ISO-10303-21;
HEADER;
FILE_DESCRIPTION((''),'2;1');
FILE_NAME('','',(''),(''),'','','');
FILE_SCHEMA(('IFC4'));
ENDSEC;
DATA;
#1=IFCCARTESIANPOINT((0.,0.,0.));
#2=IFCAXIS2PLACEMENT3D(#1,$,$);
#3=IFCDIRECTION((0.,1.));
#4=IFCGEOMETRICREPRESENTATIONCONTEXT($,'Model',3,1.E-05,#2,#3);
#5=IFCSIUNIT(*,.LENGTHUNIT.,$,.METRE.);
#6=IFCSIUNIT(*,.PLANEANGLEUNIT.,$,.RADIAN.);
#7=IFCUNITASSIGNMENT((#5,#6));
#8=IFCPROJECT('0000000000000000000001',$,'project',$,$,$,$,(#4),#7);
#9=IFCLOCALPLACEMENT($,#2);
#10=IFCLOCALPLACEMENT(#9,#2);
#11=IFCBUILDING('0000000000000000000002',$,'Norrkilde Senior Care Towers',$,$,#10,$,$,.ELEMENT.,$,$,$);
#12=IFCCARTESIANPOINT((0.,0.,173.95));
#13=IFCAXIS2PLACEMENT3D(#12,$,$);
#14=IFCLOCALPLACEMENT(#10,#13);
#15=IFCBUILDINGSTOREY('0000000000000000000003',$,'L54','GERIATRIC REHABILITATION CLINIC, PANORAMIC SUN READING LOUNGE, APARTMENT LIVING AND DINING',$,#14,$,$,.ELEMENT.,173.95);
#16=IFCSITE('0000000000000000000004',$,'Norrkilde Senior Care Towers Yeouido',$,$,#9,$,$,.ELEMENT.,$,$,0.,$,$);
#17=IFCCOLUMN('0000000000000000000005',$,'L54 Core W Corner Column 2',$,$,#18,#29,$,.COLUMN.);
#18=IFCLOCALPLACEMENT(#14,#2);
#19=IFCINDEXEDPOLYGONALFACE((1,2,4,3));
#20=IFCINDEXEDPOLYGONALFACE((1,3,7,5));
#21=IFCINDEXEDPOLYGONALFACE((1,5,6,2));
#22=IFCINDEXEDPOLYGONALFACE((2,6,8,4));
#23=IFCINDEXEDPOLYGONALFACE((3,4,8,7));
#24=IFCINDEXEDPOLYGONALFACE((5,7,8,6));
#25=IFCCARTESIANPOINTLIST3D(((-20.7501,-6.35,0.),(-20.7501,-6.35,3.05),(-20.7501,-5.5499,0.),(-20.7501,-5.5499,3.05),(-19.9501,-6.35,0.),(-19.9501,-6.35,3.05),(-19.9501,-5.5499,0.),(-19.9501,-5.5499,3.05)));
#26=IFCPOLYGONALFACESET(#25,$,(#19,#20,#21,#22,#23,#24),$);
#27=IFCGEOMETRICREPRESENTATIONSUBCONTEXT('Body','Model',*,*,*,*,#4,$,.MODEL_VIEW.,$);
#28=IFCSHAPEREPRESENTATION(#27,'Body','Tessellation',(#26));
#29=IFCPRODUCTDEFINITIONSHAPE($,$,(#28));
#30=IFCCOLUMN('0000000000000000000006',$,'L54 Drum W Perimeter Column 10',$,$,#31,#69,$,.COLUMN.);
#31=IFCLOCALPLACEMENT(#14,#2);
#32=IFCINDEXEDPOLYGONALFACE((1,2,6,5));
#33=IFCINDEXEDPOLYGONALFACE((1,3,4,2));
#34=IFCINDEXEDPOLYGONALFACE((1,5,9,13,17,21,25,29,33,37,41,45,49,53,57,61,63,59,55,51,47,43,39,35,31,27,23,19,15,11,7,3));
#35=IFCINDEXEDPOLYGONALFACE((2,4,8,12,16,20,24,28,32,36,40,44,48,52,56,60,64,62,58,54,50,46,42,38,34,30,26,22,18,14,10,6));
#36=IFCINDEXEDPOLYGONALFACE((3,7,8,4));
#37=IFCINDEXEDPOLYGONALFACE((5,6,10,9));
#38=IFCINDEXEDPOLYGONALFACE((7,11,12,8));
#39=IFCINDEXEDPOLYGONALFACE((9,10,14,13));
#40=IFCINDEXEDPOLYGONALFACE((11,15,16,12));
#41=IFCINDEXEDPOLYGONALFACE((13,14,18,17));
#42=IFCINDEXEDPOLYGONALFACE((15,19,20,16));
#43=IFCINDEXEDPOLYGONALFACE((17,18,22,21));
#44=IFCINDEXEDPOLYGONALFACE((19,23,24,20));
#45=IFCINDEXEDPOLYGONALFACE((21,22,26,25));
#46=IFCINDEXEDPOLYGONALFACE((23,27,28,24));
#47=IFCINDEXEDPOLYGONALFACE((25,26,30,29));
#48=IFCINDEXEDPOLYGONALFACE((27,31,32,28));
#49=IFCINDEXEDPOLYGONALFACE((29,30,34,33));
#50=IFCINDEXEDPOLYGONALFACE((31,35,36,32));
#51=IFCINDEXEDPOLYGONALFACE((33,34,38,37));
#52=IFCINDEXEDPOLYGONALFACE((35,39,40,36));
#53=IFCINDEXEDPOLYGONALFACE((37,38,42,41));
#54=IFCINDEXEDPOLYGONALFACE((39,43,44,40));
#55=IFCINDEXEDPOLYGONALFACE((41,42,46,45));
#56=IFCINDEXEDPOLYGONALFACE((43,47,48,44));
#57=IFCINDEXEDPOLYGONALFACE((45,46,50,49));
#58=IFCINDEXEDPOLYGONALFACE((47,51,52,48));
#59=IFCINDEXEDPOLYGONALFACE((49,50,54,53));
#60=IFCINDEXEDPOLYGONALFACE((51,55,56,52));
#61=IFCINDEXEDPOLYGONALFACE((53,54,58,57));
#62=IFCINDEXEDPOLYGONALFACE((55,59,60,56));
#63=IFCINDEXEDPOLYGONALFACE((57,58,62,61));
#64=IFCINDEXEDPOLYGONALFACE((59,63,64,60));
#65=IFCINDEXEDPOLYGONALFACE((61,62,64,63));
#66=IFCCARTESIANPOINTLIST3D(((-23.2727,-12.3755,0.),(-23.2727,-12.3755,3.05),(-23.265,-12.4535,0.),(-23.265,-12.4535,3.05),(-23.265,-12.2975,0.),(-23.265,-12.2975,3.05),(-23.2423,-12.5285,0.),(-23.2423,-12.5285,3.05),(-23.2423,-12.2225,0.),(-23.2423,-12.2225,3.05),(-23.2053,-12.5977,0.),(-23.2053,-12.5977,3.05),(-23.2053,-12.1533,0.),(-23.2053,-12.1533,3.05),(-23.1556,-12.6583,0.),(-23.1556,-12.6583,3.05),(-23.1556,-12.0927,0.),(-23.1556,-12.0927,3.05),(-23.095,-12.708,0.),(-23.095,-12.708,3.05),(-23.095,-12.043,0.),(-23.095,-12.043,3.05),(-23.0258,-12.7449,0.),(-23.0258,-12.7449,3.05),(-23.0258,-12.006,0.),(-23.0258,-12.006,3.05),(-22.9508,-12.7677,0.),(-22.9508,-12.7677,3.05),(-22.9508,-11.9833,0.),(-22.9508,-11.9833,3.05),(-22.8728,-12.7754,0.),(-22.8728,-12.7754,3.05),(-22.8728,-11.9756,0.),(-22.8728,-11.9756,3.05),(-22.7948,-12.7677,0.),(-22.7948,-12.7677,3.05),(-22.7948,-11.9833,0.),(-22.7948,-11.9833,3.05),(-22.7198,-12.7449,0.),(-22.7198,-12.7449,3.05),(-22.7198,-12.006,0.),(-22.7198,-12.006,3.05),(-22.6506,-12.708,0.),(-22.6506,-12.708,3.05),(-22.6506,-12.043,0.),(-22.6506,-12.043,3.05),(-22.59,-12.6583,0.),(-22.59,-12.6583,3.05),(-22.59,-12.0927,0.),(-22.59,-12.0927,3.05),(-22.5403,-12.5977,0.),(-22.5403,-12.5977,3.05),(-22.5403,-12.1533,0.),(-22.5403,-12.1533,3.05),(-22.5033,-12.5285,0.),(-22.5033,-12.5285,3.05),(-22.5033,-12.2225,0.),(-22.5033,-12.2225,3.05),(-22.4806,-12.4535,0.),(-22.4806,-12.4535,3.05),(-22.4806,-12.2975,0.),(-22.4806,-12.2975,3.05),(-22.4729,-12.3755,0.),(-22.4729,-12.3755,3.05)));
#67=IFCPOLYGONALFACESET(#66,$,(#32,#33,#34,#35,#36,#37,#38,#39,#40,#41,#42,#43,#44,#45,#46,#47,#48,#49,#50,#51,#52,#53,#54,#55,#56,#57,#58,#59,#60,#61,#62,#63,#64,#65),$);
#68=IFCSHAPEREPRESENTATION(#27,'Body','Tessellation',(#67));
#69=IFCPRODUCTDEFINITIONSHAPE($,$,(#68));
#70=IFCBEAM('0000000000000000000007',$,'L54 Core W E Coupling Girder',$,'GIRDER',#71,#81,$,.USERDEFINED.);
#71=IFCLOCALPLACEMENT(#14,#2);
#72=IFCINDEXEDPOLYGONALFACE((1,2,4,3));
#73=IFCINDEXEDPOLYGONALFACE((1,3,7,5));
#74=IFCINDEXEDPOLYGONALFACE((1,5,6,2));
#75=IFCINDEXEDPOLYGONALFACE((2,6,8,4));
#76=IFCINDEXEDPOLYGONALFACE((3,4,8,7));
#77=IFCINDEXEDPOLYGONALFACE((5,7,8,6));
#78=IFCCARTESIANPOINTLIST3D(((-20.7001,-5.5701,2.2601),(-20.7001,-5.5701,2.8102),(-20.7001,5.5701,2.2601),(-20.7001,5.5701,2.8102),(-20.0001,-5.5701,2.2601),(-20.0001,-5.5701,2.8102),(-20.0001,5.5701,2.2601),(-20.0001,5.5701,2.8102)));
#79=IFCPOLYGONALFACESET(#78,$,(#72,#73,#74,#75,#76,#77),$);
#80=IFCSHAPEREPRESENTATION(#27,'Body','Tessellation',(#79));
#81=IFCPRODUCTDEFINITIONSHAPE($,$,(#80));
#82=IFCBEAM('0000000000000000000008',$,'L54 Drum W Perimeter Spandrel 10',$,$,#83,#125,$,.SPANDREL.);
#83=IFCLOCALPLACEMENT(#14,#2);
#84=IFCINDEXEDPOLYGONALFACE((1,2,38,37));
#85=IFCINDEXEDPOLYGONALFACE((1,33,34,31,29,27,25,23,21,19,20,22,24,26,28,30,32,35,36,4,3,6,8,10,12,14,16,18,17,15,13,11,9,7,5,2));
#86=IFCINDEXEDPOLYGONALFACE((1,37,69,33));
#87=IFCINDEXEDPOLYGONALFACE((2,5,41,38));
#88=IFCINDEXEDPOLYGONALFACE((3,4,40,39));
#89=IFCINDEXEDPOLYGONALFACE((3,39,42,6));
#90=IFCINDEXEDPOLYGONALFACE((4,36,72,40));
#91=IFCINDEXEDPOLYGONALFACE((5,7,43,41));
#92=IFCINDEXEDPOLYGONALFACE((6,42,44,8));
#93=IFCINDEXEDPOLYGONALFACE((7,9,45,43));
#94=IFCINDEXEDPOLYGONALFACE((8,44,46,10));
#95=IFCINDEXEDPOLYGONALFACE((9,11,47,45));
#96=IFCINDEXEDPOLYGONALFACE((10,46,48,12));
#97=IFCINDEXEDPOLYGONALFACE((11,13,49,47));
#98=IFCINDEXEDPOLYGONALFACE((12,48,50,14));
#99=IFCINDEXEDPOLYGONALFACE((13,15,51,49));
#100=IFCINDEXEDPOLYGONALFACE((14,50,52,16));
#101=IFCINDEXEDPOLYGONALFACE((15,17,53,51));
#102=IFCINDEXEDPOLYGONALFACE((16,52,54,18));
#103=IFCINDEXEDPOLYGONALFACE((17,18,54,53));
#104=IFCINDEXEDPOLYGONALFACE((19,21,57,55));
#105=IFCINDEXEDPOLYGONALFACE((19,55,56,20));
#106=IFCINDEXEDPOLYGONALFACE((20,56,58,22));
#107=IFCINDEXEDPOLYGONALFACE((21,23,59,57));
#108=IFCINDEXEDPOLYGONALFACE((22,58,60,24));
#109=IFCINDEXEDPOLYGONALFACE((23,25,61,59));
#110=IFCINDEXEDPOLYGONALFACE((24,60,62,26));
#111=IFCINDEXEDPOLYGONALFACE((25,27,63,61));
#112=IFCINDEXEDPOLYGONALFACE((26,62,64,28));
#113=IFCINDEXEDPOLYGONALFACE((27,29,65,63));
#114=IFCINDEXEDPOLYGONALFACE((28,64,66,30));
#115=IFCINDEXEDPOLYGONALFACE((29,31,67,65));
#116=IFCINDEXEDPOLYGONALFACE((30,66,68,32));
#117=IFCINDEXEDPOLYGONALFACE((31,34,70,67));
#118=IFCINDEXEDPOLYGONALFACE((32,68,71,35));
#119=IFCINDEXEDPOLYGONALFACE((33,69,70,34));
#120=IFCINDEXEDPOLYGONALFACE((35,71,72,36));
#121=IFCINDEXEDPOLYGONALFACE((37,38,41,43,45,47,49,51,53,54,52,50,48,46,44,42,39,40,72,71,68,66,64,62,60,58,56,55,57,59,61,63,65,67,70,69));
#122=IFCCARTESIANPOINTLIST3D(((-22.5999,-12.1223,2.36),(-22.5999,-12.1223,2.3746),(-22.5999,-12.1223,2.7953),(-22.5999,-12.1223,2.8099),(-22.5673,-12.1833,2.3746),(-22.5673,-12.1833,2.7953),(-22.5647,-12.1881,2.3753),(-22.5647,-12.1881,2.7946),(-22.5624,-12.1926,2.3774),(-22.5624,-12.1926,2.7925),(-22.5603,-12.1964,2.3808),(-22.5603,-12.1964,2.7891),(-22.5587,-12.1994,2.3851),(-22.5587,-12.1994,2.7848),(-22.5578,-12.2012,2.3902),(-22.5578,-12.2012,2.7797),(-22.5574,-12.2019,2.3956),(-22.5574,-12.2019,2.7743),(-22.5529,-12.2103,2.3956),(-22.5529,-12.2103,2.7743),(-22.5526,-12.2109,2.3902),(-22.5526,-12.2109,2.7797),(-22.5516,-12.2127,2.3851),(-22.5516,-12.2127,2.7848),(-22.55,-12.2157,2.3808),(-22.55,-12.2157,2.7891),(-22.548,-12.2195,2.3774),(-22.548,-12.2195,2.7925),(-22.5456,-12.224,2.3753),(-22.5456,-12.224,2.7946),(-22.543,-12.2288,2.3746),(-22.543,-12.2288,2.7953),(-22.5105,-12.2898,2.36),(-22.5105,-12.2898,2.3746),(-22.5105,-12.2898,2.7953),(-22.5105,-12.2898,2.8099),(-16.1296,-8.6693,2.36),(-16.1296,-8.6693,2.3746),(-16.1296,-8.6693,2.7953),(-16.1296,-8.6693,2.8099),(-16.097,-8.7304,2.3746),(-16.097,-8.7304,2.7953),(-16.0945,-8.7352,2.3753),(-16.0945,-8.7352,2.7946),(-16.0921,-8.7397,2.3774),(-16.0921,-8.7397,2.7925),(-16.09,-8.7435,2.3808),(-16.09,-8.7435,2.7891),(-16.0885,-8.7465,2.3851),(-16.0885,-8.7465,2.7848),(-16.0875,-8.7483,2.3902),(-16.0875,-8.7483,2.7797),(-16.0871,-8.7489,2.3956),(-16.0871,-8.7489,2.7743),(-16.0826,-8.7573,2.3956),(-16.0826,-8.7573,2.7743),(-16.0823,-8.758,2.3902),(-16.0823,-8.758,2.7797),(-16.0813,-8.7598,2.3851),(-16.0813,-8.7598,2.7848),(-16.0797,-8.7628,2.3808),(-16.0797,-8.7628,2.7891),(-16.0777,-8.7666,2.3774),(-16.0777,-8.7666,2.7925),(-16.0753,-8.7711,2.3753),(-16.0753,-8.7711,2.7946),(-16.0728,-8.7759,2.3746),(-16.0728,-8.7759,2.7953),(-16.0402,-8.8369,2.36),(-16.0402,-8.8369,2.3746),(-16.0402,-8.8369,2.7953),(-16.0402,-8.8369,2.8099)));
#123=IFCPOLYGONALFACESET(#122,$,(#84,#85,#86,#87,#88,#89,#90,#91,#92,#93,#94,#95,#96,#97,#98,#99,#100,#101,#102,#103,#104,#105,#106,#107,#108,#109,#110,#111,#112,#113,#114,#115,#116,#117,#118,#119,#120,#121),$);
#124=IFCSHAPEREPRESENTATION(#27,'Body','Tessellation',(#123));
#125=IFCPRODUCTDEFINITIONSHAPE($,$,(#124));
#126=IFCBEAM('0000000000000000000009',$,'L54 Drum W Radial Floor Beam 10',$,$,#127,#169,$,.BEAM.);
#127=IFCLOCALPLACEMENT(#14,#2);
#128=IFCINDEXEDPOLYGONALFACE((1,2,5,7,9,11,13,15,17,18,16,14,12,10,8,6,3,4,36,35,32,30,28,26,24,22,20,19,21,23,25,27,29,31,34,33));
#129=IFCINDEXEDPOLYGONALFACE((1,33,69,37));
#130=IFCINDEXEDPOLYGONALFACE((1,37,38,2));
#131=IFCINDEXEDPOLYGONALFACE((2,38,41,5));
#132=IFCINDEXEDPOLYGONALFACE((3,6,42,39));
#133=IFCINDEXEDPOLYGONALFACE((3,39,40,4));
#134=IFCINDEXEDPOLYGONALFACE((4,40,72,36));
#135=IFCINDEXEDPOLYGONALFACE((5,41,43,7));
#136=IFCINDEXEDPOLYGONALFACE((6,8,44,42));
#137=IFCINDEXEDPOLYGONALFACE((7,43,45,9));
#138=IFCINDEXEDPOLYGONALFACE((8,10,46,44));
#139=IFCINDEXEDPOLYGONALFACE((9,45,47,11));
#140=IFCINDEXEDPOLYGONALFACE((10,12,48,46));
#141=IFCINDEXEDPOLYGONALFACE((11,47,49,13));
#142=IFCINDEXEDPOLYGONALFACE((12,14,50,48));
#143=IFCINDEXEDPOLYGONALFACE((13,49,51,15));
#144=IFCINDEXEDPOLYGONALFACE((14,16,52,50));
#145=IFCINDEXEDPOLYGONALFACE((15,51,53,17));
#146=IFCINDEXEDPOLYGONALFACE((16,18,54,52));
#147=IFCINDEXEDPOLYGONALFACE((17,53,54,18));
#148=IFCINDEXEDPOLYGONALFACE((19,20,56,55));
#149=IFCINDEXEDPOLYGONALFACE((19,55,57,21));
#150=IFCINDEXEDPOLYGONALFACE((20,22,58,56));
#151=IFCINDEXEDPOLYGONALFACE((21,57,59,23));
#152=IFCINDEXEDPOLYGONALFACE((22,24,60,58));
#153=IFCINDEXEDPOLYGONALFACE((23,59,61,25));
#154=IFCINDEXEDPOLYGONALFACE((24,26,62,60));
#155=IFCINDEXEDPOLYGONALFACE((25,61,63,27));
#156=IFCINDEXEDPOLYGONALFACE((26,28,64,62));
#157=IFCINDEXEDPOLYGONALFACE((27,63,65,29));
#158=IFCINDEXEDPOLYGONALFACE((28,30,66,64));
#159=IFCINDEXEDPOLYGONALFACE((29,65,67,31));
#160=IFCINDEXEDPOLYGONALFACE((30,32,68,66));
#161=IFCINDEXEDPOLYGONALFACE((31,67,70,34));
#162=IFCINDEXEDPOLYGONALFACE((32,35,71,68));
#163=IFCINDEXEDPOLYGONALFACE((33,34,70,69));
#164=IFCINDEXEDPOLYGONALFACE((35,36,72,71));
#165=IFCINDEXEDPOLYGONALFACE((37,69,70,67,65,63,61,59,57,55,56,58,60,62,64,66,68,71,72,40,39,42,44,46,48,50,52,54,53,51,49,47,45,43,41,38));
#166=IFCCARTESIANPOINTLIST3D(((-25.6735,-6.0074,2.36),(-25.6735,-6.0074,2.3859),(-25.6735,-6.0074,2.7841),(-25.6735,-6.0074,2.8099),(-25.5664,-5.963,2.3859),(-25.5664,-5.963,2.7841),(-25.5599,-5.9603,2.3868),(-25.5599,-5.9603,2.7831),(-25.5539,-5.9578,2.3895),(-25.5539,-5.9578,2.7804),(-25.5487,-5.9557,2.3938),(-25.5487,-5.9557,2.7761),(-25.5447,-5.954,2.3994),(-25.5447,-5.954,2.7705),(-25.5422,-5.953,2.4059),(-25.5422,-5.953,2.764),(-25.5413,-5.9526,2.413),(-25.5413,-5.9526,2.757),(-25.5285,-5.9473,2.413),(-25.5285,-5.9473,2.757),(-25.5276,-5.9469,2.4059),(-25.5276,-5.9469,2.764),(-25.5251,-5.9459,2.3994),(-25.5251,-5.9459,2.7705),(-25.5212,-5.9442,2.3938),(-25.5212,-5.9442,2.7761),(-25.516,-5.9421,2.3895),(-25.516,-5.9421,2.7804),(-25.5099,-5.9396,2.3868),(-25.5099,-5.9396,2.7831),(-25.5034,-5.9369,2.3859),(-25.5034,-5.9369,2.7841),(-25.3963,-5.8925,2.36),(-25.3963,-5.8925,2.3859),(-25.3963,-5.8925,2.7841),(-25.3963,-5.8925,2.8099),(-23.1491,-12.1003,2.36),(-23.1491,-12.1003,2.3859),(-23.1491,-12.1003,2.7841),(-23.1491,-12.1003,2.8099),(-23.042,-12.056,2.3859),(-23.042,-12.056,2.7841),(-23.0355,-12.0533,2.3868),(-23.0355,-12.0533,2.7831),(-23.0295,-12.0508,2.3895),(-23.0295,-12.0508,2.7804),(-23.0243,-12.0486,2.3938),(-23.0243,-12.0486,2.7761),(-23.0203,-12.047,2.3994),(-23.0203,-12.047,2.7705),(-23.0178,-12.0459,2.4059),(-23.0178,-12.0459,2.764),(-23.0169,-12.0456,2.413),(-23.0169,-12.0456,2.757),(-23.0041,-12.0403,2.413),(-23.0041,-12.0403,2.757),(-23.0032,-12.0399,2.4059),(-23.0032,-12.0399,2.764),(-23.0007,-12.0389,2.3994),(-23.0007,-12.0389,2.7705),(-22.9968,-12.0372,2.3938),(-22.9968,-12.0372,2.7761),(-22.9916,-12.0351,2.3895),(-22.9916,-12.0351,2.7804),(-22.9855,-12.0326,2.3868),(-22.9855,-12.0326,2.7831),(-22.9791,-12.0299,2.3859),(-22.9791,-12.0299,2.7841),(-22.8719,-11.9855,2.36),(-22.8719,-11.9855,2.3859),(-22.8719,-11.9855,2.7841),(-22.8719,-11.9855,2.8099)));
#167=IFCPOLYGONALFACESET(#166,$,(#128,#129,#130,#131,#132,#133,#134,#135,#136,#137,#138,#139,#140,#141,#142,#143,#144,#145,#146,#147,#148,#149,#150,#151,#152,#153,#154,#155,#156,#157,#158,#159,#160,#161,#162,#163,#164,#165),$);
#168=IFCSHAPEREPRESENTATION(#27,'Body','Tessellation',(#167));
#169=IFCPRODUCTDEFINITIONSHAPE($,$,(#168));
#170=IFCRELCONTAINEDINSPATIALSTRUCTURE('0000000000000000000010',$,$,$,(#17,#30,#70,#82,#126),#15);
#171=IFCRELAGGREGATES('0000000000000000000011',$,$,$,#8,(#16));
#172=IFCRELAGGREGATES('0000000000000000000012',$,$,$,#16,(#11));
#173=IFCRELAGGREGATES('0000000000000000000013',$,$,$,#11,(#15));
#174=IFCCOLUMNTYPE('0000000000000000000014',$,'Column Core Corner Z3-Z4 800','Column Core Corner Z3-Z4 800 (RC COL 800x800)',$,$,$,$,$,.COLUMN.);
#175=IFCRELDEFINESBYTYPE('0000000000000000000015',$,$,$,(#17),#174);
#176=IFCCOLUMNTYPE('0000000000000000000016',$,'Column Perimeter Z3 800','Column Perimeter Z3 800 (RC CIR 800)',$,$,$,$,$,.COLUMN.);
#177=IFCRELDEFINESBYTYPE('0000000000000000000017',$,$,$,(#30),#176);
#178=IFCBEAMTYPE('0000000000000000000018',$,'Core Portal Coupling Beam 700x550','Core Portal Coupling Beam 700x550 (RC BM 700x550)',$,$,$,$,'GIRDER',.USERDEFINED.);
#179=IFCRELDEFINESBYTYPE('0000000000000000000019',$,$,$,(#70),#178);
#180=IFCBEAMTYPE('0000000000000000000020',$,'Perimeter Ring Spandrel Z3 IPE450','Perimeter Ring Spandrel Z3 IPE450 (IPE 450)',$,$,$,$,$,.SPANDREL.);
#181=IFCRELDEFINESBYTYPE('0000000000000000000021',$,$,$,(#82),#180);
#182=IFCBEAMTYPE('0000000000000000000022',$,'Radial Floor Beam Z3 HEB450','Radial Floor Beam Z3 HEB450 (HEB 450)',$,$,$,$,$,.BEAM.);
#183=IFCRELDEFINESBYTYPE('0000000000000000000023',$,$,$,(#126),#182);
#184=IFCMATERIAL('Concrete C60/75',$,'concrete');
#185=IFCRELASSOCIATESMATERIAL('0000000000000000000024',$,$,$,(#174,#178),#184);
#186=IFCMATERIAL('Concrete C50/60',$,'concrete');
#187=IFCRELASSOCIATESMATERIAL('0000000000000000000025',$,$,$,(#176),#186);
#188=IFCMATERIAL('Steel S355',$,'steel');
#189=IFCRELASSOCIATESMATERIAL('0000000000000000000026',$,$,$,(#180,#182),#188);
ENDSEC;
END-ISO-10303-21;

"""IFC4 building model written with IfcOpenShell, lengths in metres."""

from ifc_helpers import new_model, si_unit, direction, frame, origin, origin_2d, place, context, subcontext, project, spatial, rectangle, circle, i_section, extrude, source, transform, mapped, material, material_profile, profile_set, type_object, type_shapes, element, save


model = new_model("IFC4")

# Units and contexts
model_context = context("Model", 3, precision=1e-05, world=origin(), true_north=direction((0.0, 1.0)))
body_context = subcontext(model_context, "Body", "Model", "MODEL_VIEW")
ifc_project = project(units=[si_unit("LENGTHUNIT", "METRE"), si_unit("PLANEANGLEUNIT", "RADIAN")], contexts=[model_context])

# Site, building, storey
site_placement = place(None, origin())
site = spatial("IfcSite", under=ifc_project, at=site_placement, Name="Norrkilde Senior Care Towers Yeouido", CompositionType="ELEMENT", RefElevation=0.0)
building_placement = place(site_placement, origin())
building = spatial("IfcBuilding", under=site, at=building_placement, Name="Norrkilde Senior Care Towers", CompositionType="ELEMENT")
storey_placement = place(building_placement, frame((0.0, 0.0, 173.95)))
storey = spatial("IfcBuildingStorey", under=building, at=storey_placement, Name="L54", Description="GERIATRIC REHABILITATION CLINIC, PANORAMIC SUN READING LOUNGE, APARTMENT LIVING AND DINING", CompositionType="ELEMENT", Elevation=173.95)

# Columns
ifc_material_1 = material(Name="Concrete C60/75", Category="concrete")
ifc_material_profile_1 = material_profile(ifc_material_1, rectangle(XDim=0.8, YDim=0.8, at=origin_2d()), Name="RC COL 800x800")
ifc_profile_set_1 = profile_set([ifc_material_profile_1], Name="Concrete C60/75")
column_type_1 = type_object("IfcColumnType", Name="Column Core Corner Z3-Z4 800", Description="Column Core Corner Z3-Z4 800 (RC COL 800x800)", PredefinedType="COLUMN", material=ifc_profile_set_1)
shared_shape_1 = source(origin(), body_context, "Body", "SweptSolid", [
    extrude(rectangle(XDim=0.8, YDim=0.8, at=origin_2d()), origin(), (0.0, 0.0, 1.0), 3.05),
])
type_shapes(column_type_1, [shared_shape_1])
column_1_placement = place(storey_placement, frame((-20.3501, -5.95, 0.0), z_axis=(0.0, 0.0, 1.0), x_axis=(1.0, 0.0, 0.0)))
element("IfcColumn", 1, at=column_1_placement, inside=storey, type_object=column_type_1, Name="L54 Core W Corner Column 2", PredefinedType="COLUMN", context=body_context, shape_type="MappedRepresentation", body=[
    mapped(shared_shape_1, transform((0.0, 0.0, 0.0), x_axis=(1.0, 0.0, 0.0), y_axis=(0.0, 1.0, 0.0), z_axis=(0.0, 0.0, 1.0), scale=1.0)),
])
ifc_material_2 = material(Name="Concrete C50/60", Category="concrete")
ifc_material_profile_2 = material_profile(ifc_material_2, circle(Radius=0.3999, at=origin_2d()), Name="RC CIR 800")
ifc_profile_set_2 = profile_set([ifc_material_profile_2], Name="Concrete C50/60")
column_type_2 = type_object("IfcColumnType", Name="Column Perimeter Z3 800", Description="Column Perimeter Z3 800 (RC CIR 800)", PredefinedType="COLUMN", material=ifc_profile_set_2)
shared_shape_2 = source(origin(), body_context, "Body", "SweptSolid", [
    extrude(circle(Radius=0.3999, at=origin_2d()), origin(), (0.0, 0.0, 1.0), 3.05),
])
type_shapes(column_type_2, [shared_shape_2])
column_2_placement = place(storey_placement, frame((-22.8728, -12.3755, 0.0), z_axis=(0.0, 0.0, 1.0), x_axis=(1.0, 0.0, 0.0)))
element("IfcColumn", 2, at=column_2_placement, inside=storey, type_object=column_type_2, Name="L54 Drum W Perimeter Column 10", PredefinedType="COLUMN", context=body_context, shape_type="MappedRepresentation", body=[
    mapped(shared_shape_2, transform((0.0, 0.0, 0.0), x_axis=(1.0, 0.0, 0.0), y_axis=(0.0, 1.0, 0.0), z_axis=(0.0, 0.0, 1.0), scale=1.0)),
])

# Beams
ifc_material_profile_3 = material_profile(ifc_material_1, rectangle(XDim=0.7, YDim=0.55, at=origin_2d()), Name="RC BM 700x550")
ifc_profile_set_3 = profile_set([ifc_material_profile_3], Name="Concrete C60/75")
beam_type_1 = type_object("IfcBeamType", Name="Core Portal Coupling Beam 700x550", Description="Core Portal Coupling Beam 700x550 (RC BM 700x550)", ElementType="GIRDER", PredefinedType="USERDEFINED", material=ifc_profile_set_3)
shared_shape_3 = source(origin(), body_context, "Body", "SweptSolid", [
    extrude(rectangle(XDim=0.7, YDim=0.55, at=origin_2d()), origin(), (0.0, 0.0, 1.0), 11.1401),
])
type_shapes(beam_type_1, [shared_shape_3])
beam_1_placement = place(storey_placement, frame((-20.3501, -5.5701, 2.5352), z_axis=(0.0, 1.0, 0.0), x_axis=(-1.0, 0.0, 0.0)))
element("IfcBeam", 3, at=beam_1_placement, inside=storey, type_object=beam_type_1, Name="L54 Core W E Coupling Girder", ObjectType="GIRDER", PredefinedType="USERDEFINED", context=body_context, shape_type="MappedRepresentation", body=[
    mapped(shared_shape_3, transform((0.0, 0.0, 0.0), x_axis=(1.0, 0.0, 0.0), y_axis=(0.0, 1.0, 0.0), z_axis=(0.0, 0.0, 1.0), scale=1.0)),
])
ifc_material_3 = material(Name="Steel S355", Category="steel")
ifc_material_profile_4 = material_profile(ifc_material_3, i_section(OverallWidth=0.1899, OverallDepth=0.45, WebThickness=0.0095, FlangeThickness=0.0146, FilletRadius=0.021, at=origin_2d()), Name="IPE 450")
ifc_profile_set_4 = profile_set([ifc_material_profile_4], Name="Steel S355")
beam_type_2 = type_object("IfcBeamType", Name="Perimeter Ring Spandrel Z3 IPE450", Description="Perimeter Ring Spandrel Z3 IPE450 (IPE 450)", PredefinedType="SPANDREL", material=ifc_profile_set_4)
shared_shape_4 = source(origin(), body_context, "Body", "SweptSolid", [
    extrude(i_section(OverallWidth=0.1899, OverallDepth=0.45, WebThickness=0.0095, FlangeThickness=0.0146, FilletRadius=0.021, at=origin_2d()), origin(), (0.0, 0.0, 1.0), 7.334),
])
type_shapes(beam_type_2, [shared_shape_4])
beam_2_placement = place(storey_placement, frame((-22.5552, -12.2061, 2.585), z_axis=(0.882234, 0.470811, 0.0), x_axis=(-0.470811, 0.882234, 0.0)))
element("IfcBeam", 4, at=beam_2_placement, inside=storey, type_object=beam_type_2, Name="L54 Drum W Perimeter Spandrel 10", PredefinedType="SPANDREL", context=body_context, shape_type="MappedRepresentation", body=[
    mapped(shared_shape_4, transform((0.0, 0.0, 0.0), x_axis=(1.0, 0.0, 0.0), y_axis=(0.0, 1.0, 0.0), z_axis=(0.0, 0.0, 1.0), scale=1.0)),
])
ifc_material_profile_5 = material_profile(ifc_material_3, i_section(OverallWidth=0.3, OverallDepth=0.45, WebThickness=0.0139, FlangeThickness=0.0259, FilletRadius=0.0271, at=origin_2d()), Name="HEB 450")
ifc_profile_set_5 = profile_set([ifc_material_profile_5], Name="Steel S355")
beam_type_3 = type_object("IfcBeamType", Name="Radial Floor Beam Z3 HEB450", Description="Radial Floor Beam Z3 HEB450 (HEB 450)", PredefinedType="BEAM", material=ifc_profile_set_5)
shared_shape_5 = source(origin(), body_context, "Body", "SweptSolid", [
    extrude(i_section(OverallWidth=0.3, OverallDepth=0.45, WebThickness=0.0139, FlangeThickness=0.0259, FilletRadius=0.0271, at=origin_2d()), origin(), (0.0, 0.0, 1.0), 6.5952),
])
beam_3_placement = place(storey_placement, frame((-25.5349, -5.95, 2.585), z_axis=(0.382762, -0.923847, 0.0), x_axis=(0.923847, 0.382762, 0.0)))
element("IfcBeam", 5, at=beam_3_placement, inside=storey, type_object=beam_type_3, Name="L54 Drum W Radial Floor Beam 10", PredefinedType="BEAM", context=body_context, shape_type="MappedRepresentation", body=[
    mapped(shared_shape_5, transform((0.0, 0.0, 0.0), x_axis=(1.0, 0.0, 0.0), y_axis=(0.0, 1.0, 0.0), z_axis=(0.0, 0.0, 1.0), scale=1.0)),
])

save(model, "model.ifc")
